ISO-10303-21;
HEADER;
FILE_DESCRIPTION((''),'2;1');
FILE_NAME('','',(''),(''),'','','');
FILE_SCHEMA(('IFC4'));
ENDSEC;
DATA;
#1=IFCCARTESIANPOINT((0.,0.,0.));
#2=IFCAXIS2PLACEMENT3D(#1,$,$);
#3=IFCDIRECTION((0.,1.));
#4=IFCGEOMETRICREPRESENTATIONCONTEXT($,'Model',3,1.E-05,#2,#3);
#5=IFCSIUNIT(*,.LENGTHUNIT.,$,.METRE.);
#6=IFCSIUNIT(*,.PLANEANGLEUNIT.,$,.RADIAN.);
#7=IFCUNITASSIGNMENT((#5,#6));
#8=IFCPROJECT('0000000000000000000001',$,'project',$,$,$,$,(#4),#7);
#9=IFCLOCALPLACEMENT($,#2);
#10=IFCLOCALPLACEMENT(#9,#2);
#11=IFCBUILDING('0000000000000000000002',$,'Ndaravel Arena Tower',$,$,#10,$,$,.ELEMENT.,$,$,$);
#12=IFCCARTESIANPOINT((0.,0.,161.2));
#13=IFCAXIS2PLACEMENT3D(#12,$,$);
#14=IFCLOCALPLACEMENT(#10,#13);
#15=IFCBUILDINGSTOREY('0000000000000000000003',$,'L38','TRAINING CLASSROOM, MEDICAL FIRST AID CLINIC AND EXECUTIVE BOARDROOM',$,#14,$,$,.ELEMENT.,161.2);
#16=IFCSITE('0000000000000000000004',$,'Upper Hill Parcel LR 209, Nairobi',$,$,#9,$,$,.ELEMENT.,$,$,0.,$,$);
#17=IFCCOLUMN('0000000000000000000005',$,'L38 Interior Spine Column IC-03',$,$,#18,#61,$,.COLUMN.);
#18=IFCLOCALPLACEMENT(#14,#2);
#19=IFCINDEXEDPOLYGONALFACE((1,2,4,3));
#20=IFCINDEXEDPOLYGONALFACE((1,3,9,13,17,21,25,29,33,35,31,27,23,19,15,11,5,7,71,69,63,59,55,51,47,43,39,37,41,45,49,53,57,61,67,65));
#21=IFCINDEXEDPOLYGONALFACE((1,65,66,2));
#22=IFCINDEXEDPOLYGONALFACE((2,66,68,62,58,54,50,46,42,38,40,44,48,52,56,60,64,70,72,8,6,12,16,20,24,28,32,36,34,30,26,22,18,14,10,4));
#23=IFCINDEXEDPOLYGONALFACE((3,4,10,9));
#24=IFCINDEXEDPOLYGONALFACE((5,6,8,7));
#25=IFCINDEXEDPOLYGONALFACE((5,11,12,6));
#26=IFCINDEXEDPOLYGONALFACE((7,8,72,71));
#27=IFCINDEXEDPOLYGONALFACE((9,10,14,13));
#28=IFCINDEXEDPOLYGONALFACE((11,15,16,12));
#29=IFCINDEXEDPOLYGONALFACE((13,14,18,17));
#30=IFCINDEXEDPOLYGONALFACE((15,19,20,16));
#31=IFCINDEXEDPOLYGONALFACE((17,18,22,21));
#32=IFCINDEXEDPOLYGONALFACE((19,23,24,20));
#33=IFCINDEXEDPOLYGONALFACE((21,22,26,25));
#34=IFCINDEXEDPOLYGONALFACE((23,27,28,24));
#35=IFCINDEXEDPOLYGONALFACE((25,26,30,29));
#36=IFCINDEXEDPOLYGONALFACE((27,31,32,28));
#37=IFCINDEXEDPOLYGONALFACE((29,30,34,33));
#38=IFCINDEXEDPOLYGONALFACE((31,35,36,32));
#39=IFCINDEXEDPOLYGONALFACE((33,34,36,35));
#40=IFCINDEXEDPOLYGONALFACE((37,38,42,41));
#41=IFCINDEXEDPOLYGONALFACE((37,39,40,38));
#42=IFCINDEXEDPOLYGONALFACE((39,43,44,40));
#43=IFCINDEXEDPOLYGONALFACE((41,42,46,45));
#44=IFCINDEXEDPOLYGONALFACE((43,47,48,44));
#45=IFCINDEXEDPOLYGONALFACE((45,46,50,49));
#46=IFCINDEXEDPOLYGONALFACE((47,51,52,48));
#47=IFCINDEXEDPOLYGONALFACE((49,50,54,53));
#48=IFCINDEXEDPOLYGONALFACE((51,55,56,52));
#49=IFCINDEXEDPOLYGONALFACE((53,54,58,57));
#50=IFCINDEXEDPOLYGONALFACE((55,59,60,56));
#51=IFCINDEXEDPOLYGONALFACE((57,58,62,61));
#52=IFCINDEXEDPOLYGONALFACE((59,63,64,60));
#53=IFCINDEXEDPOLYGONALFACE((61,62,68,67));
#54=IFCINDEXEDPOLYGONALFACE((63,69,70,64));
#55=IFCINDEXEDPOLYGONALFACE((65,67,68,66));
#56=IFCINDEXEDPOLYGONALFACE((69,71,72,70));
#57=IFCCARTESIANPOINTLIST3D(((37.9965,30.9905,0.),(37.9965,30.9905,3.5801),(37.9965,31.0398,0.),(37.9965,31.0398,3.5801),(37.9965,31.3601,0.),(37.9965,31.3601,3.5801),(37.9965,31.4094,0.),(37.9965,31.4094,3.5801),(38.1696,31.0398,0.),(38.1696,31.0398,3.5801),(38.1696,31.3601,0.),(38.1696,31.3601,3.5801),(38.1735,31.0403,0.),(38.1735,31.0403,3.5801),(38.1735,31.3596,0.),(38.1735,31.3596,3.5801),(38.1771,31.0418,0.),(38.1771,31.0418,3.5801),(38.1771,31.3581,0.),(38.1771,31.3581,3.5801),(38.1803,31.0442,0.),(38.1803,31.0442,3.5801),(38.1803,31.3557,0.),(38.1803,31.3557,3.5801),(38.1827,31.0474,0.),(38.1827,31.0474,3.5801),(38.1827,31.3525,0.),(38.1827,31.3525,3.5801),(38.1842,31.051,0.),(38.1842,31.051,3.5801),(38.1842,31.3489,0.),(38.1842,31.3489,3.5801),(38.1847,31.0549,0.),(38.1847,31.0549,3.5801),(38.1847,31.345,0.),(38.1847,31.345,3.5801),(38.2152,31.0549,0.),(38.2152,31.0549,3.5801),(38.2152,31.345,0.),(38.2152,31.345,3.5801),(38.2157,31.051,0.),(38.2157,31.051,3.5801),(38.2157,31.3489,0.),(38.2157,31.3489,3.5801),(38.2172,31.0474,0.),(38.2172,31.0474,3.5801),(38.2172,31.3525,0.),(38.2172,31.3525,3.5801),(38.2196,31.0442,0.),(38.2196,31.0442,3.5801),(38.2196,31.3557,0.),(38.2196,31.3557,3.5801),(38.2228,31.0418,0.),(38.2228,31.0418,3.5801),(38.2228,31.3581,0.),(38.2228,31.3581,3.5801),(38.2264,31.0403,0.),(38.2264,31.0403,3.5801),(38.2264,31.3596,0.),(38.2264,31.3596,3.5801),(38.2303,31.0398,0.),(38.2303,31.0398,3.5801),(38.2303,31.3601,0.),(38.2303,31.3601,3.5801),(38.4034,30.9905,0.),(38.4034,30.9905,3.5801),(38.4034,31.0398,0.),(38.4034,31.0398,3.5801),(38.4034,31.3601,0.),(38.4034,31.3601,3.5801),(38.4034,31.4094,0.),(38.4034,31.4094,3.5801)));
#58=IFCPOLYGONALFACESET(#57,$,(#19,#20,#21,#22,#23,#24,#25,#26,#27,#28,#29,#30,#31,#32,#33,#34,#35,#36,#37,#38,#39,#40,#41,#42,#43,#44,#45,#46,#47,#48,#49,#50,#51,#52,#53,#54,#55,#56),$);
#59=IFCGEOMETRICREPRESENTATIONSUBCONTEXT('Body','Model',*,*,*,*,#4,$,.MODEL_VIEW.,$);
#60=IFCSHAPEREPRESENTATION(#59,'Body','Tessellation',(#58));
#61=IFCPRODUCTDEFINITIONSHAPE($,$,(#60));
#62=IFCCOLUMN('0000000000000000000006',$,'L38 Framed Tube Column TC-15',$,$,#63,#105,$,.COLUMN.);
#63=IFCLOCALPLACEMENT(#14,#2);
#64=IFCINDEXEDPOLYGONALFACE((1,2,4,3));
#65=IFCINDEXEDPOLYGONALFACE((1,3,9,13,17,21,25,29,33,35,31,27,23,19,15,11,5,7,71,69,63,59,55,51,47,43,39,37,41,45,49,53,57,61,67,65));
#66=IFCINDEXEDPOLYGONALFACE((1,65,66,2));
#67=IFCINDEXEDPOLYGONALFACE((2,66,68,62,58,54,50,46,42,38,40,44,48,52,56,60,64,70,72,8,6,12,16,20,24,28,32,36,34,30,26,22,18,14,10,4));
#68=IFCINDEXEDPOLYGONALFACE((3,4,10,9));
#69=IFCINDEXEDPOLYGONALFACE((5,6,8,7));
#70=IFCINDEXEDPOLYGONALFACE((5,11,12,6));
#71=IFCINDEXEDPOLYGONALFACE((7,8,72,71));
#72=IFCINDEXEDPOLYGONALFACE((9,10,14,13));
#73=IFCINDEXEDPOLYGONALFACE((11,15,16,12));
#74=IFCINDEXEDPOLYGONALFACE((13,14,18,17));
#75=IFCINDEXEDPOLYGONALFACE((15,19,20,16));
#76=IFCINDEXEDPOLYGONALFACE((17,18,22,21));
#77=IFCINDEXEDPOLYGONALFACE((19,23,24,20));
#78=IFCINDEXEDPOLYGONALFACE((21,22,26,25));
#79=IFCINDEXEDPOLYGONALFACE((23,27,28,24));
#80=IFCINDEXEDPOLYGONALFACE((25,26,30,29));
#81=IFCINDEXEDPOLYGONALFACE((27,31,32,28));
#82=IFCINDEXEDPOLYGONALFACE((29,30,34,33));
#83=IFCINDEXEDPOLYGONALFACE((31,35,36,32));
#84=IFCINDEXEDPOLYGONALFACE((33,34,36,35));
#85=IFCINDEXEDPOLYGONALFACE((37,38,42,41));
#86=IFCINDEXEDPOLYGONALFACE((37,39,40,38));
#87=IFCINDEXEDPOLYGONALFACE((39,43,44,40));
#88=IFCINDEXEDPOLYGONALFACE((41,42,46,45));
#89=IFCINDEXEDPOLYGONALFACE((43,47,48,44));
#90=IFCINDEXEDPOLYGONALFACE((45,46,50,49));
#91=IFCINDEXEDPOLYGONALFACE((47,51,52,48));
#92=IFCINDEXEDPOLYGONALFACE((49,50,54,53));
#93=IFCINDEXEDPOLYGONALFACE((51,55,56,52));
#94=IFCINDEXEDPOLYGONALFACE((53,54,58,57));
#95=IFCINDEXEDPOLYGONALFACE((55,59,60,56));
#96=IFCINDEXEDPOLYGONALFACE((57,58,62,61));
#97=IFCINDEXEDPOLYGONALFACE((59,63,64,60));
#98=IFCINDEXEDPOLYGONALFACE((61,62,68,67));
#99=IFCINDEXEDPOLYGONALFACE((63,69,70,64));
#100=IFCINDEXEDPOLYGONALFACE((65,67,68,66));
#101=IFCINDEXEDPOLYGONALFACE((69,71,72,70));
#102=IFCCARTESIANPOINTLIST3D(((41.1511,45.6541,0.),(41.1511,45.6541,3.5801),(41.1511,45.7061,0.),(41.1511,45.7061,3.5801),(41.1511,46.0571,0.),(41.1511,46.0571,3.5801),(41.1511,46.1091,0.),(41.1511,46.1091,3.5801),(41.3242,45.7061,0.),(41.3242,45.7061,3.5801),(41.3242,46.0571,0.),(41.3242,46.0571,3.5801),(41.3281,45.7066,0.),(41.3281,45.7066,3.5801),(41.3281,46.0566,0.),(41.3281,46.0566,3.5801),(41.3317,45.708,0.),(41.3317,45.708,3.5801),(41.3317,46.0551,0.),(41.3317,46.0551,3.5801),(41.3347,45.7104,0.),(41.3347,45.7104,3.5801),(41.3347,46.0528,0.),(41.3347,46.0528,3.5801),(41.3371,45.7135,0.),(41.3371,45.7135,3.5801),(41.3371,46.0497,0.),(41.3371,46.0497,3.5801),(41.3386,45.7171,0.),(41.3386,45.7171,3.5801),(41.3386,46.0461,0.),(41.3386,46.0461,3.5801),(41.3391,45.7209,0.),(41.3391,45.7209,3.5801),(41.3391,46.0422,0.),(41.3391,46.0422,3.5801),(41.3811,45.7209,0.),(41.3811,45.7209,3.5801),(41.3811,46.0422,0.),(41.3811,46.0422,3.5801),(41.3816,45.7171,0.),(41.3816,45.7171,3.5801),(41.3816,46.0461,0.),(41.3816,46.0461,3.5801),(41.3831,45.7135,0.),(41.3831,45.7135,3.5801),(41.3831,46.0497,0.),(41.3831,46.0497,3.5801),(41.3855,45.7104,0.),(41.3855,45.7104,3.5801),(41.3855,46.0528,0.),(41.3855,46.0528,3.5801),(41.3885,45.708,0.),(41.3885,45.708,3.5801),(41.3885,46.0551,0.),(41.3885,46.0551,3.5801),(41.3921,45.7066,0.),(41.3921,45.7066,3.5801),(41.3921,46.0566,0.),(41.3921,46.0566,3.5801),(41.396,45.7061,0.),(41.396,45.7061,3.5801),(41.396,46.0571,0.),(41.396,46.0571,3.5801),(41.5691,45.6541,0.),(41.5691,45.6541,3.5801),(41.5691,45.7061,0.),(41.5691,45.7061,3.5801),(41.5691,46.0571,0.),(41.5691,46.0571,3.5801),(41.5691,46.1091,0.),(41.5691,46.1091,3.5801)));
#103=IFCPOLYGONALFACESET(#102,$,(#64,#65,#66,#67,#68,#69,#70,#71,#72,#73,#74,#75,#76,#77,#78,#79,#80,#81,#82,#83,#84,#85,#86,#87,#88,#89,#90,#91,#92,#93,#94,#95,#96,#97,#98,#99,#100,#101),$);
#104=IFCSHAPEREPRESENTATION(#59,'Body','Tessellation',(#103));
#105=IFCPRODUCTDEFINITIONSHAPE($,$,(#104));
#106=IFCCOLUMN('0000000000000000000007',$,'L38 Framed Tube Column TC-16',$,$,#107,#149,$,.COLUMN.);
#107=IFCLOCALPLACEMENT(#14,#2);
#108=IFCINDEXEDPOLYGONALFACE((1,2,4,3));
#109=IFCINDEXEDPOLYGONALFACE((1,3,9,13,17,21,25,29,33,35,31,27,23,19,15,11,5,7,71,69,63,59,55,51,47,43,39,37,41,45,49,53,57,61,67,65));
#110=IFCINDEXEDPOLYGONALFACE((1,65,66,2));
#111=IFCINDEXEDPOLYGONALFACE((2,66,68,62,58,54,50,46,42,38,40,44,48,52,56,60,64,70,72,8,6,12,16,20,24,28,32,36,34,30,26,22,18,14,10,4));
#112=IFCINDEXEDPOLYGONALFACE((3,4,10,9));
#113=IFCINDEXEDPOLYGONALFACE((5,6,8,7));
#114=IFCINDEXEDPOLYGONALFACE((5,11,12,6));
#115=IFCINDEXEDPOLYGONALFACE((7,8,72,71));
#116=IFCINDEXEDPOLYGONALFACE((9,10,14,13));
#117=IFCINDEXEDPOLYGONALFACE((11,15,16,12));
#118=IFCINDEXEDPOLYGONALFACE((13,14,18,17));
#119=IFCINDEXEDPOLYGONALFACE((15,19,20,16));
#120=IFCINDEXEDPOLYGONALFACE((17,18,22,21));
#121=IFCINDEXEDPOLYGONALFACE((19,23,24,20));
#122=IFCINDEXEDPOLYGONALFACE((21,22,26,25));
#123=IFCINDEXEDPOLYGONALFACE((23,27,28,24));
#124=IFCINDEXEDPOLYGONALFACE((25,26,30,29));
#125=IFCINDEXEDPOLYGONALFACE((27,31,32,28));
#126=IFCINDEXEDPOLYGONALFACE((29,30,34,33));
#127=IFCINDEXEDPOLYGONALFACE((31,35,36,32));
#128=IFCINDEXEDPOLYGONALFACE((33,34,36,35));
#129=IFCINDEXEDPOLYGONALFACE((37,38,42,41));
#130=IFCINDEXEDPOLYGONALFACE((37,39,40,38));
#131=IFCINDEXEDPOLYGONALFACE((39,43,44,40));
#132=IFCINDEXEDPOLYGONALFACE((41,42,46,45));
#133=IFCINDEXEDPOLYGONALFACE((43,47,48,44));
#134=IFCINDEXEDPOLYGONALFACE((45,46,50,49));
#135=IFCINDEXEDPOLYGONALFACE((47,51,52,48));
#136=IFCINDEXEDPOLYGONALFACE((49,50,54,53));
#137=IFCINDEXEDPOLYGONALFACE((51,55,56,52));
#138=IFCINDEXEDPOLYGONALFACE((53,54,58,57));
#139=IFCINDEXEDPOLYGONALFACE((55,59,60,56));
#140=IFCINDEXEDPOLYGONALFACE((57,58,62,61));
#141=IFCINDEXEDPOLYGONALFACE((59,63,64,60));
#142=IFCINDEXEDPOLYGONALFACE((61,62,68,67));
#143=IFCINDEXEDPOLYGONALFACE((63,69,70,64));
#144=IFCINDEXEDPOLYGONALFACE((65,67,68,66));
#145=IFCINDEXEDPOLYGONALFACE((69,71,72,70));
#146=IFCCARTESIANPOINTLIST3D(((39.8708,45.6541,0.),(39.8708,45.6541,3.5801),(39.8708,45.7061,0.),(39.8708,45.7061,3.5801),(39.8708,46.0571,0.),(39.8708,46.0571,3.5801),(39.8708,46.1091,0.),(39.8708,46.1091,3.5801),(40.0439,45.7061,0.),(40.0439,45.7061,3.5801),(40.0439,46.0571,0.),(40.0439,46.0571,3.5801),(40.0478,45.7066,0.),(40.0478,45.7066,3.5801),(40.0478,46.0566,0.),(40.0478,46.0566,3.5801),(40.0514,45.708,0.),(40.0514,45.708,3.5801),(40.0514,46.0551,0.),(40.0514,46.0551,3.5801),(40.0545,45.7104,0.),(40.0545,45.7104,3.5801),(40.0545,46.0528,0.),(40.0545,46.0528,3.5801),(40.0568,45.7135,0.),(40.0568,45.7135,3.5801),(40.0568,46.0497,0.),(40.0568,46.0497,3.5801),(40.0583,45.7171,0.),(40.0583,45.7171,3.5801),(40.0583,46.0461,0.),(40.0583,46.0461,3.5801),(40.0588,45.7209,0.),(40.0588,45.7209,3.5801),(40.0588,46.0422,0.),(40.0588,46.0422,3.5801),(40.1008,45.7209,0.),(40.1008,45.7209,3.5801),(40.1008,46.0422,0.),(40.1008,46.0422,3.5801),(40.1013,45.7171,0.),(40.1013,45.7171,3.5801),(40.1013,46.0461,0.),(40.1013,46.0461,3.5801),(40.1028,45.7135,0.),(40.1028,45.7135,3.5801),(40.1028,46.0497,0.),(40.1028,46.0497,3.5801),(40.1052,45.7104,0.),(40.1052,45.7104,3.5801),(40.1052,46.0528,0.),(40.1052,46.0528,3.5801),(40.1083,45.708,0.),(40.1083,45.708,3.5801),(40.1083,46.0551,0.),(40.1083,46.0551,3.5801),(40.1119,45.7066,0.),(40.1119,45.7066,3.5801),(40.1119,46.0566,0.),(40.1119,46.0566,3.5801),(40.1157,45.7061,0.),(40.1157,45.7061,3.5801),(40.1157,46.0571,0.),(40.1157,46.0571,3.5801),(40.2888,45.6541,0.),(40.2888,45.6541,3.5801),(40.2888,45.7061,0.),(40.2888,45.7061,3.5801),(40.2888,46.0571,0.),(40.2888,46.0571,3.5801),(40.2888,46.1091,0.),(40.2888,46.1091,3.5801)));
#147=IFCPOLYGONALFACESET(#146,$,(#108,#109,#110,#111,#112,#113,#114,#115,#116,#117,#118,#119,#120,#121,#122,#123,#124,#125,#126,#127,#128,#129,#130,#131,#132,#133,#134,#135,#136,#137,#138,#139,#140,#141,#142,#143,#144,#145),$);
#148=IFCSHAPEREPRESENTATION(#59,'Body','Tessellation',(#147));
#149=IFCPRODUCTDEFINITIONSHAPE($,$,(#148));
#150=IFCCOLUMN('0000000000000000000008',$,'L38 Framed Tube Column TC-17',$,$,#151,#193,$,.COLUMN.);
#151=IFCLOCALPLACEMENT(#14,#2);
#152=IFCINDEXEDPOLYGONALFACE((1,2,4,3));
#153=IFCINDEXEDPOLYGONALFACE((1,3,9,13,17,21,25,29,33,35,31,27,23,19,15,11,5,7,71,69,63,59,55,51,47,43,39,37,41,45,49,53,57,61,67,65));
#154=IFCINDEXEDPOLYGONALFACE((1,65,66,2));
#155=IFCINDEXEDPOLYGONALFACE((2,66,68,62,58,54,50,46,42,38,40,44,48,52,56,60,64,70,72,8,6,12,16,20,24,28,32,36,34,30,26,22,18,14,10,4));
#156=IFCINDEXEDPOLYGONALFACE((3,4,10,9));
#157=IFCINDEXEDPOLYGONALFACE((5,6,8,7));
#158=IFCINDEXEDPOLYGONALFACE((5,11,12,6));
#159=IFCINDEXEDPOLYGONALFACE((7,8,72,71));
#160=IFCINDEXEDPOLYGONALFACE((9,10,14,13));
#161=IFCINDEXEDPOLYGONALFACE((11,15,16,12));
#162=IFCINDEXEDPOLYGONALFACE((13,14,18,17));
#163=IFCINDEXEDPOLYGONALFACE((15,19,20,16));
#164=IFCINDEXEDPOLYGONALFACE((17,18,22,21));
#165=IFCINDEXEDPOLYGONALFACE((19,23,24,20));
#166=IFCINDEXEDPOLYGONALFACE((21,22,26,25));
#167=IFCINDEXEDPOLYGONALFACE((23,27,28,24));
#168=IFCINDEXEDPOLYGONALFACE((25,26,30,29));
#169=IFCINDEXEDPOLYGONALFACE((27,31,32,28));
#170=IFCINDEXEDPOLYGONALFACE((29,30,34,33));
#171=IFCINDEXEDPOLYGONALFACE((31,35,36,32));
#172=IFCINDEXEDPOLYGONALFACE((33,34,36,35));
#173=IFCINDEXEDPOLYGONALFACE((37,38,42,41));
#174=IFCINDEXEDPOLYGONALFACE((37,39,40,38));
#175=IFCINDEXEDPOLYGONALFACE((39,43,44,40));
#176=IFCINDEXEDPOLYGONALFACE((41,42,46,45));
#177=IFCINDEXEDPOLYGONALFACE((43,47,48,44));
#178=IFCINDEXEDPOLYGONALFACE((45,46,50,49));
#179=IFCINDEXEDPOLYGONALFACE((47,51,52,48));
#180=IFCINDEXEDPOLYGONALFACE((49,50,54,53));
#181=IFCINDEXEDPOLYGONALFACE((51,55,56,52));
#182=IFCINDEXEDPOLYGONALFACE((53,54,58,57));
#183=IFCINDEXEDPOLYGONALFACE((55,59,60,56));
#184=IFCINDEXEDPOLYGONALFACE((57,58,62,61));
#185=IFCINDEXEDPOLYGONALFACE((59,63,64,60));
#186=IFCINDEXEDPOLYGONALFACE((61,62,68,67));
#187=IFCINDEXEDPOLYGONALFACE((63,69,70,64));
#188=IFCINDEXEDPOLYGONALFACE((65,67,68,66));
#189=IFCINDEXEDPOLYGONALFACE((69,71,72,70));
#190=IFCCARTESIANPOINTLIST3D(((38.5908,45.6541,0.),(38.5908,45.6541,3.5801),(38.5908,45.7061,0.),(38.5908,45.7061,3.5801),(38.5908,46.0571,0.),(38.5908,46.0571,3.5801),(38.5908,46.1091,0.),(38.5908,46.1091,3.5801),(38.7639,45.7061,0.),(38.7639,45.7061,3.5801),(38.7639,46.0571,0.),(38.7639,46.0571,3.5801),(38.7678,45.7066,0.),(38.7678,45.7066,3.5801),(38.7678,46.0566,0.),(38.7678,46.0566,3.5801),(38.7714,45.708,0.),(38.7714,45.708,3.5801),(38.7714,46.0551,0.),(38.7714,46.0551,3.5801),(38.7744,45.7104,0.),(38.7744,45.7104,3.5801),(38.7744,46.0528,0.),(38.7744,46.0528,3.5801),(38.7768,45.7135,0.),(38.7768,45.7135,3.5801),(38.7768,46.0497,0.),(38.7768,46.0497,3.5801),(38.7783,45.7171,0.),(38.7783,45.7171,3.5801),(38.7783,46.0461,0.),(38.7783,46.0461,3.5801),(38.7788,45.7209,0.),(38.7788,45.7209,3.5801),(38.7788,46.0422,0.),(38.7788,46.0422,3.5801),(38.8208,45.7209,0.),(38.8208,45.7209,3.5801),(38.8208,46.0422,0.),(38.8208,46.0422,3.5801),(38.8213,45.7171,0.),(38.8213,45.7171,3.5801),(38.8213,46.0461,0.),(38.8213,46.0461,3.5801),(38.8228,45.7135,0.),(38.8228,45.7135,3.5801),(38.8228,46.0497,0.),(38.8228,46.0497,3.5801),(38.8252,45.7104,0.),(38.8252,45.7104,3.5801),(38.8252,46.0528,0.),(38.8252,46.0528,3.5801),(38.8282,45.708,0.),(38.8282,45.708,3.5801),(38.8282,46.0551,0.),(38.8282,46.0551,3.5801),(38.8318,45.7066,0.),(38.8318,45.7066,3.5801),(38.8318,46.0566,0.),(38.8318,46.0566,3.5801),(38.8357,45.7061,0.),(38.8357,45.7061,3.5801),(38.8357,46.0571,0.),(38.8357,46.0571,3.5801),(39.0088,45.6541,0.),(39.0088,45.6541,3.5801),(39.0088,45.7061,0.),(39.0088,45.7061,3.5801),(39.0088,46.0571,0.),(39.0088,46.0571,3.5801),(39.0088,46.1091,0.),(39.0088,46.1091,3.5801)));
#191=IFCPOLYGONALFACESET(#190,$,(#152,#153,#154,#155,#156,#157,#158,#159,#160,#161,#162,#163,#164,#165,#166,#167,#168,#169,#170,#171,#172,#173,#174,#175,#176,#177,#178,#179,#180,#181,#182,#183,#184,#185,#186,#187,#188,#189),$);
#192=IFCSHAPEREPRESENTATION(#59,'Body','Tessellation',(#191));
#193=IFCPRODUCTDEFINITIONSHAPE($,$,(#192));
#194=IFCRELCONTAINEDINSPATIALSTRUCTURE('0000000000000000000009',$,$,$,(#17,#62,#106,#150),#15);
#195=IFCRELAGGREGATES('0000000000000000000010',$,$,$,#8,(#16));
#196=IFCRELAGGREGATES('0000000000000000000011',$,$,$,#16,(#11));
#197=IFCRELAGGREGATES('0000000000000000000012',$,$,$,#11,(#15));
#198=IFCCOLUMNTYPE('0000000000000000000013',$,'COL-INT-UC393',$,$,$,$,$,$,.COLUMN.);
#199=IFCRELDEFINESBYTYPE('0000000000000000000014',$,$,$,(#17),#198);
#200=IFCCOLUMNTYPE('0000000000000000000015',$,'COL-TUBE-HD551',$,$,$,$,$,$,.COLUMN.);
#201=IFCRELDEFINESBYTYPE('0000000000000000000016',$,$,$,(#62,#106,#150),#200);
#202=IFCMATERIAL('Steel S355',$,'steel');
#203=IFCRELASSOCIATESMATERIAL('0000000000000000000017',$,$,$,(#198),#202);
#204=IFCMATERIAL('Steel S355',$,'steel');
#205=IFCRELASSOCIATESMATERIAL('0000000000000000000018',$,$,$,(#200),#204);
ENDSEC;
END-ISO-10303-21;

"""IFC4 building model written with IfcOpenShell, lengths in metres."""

from ifc_helpers import new_model, si_unit, direction, frame, origin, origin_2d, place, context, subcontext, project, spatial, i_section, extrude, material, material_profile, profile_set, type_object, element, save


model = new_model("IFC4")

# Units and contexts
model_context = context("Model", 3, precision=1e-05, world=origin(), true_north=direction((0.0, 1.0)))
body_context = subcontext(model_context, "Body", "Model", "MODEL_VIEW")
ifc_project = project(units=[si_unit("LENGTHUNIT", "METRE"), si_unit("PLANEANGLEUNIT", "RADIAN")], contexts=[model_context])

# Site, building, storey
site_placement = place(None, origin())
site = spatial("IfcSite", under=ifc_project, at=site_placement, Name="Upper Hill Parcel LR 209, Nairobi", CompositionType="ELEMENT", RefElevation=0.0)
building_placement = place(site_placement, origin())
building = spatial("IfcBuilding", under=site, at=building_placement, Name="Ndaravel Arena Tower", CompositionType="ELEMENT")
storey_placement = place(building_placement, frame((0.0, 0.0, 161.2)))
storey = spatial("IfcBuildingStorey", under=building, at=storey_placement, Name="L38", Description="TRAINING CLASSROOM, MEDICAL FIRST AID CLINIC AND EXECUTIVE BOARDROOM", CompositionType="ELEMENT", Elevation=161.2)

# Columns
ifc_material_1 = material(Name="Steel S355", Category="steel")
ifc_material_profile_1 = material_profile(ifc_material_1, i_section(OverallWidth=0.407, OverallDepth=0.4189, WebThickness=0.0305, FlangeThickness=0.0493, FilletRadius=0.0151, at=origin_2d()), Name="UC 356x406x393")
ifc_profile_set_1 = profile_set([ifc_material_profile_1], Name="Steel S355")
column_type_1 = type_object("IfcColumnType", Name="COL-INT-UC393", PredefinedType="COLUMN", material=ifc_profile_set_1)
column_placement = place(storey_placement, frame((38.2, 31.2, 0.0), z_axis=(0.0, 0.0, 1.0), x_axis=(1.0, 0.0, 0.0)))
element("IfcColumn", 1, at=column_placement, inside=storey, type_object=column_type_1, Name="L38 Interior Spine Column IC-03", PredefinedType="COLUMN", context=body_context, shape_type="SweptSolid", body=[
    extrude(i_section(OverallWidth=0.407, OverallDepth=0.4189, WebThickness=0.0305, FlangeThickness=0.0493, FilletRadius=0.0151, at=origin_2d()), origin(), (0.0, 0.0, 1.0), 3.5801),
])
ifc_material_2 = material(Name="Steel S355", Category="steel")
ifc_material_profile_2 = material_profile(ifc_material_2, i_section(OverallWidth=0.418, OverallDepth=0.4551, WebThickness=0.042, FlangeThickness=0.052, FilletRadius=0.0149, at=origin_2d()), Name="HD 400x551")
ifc_profile_set_2 = profile_set([ifc_material_profile_2], Name="Steel S355")
column_type_2 = type_object("IfcColumnType", Name="COL-TUBE-HD551", PredefinedType="COLUMN", material=ifc_profile_set_2)
for number, where, z_axis, x_axis, name in (
    (2, (41.3601, 45.8816, 0.0), (0.0, 0.0, 1.0), (1.0, 0.0, 0.0), "L38 Framed Tube Column TC-15"),
    (3, (40.0798, 45.8816, 0.0), (0.0, 0.0, 1.0), (1.0, 0.0, 0.0), "L38 Framed Tube Column TC-16"),
    (4, (38.7998, 45.8816, 0.0), (0.0, 0.0, 1.0), (1.0, 0.0, 0.0), "L38 Framed Tube Column TC-17"),
):
    element("IfcColumn", number, at=place(storey_placement, frame(where, z_axis=z_axis, x_axis=x_axis)), inside=storey, type_object=column_type_2, Name=name, PredefinedType="COLUMN", context=body_context, shape_type="SweptSolid", body=[
        extrude(i_section(OverallWidth=0.418, OverallDepth=0.4551, WebThickness=0.042, FlangeThickness=0.052, FilletRadius=0.0149, at=origin_2d()), origin(), (0.0, 0.0, 1.0), 3.5801),
    ])

save(model, "model.ifc")
